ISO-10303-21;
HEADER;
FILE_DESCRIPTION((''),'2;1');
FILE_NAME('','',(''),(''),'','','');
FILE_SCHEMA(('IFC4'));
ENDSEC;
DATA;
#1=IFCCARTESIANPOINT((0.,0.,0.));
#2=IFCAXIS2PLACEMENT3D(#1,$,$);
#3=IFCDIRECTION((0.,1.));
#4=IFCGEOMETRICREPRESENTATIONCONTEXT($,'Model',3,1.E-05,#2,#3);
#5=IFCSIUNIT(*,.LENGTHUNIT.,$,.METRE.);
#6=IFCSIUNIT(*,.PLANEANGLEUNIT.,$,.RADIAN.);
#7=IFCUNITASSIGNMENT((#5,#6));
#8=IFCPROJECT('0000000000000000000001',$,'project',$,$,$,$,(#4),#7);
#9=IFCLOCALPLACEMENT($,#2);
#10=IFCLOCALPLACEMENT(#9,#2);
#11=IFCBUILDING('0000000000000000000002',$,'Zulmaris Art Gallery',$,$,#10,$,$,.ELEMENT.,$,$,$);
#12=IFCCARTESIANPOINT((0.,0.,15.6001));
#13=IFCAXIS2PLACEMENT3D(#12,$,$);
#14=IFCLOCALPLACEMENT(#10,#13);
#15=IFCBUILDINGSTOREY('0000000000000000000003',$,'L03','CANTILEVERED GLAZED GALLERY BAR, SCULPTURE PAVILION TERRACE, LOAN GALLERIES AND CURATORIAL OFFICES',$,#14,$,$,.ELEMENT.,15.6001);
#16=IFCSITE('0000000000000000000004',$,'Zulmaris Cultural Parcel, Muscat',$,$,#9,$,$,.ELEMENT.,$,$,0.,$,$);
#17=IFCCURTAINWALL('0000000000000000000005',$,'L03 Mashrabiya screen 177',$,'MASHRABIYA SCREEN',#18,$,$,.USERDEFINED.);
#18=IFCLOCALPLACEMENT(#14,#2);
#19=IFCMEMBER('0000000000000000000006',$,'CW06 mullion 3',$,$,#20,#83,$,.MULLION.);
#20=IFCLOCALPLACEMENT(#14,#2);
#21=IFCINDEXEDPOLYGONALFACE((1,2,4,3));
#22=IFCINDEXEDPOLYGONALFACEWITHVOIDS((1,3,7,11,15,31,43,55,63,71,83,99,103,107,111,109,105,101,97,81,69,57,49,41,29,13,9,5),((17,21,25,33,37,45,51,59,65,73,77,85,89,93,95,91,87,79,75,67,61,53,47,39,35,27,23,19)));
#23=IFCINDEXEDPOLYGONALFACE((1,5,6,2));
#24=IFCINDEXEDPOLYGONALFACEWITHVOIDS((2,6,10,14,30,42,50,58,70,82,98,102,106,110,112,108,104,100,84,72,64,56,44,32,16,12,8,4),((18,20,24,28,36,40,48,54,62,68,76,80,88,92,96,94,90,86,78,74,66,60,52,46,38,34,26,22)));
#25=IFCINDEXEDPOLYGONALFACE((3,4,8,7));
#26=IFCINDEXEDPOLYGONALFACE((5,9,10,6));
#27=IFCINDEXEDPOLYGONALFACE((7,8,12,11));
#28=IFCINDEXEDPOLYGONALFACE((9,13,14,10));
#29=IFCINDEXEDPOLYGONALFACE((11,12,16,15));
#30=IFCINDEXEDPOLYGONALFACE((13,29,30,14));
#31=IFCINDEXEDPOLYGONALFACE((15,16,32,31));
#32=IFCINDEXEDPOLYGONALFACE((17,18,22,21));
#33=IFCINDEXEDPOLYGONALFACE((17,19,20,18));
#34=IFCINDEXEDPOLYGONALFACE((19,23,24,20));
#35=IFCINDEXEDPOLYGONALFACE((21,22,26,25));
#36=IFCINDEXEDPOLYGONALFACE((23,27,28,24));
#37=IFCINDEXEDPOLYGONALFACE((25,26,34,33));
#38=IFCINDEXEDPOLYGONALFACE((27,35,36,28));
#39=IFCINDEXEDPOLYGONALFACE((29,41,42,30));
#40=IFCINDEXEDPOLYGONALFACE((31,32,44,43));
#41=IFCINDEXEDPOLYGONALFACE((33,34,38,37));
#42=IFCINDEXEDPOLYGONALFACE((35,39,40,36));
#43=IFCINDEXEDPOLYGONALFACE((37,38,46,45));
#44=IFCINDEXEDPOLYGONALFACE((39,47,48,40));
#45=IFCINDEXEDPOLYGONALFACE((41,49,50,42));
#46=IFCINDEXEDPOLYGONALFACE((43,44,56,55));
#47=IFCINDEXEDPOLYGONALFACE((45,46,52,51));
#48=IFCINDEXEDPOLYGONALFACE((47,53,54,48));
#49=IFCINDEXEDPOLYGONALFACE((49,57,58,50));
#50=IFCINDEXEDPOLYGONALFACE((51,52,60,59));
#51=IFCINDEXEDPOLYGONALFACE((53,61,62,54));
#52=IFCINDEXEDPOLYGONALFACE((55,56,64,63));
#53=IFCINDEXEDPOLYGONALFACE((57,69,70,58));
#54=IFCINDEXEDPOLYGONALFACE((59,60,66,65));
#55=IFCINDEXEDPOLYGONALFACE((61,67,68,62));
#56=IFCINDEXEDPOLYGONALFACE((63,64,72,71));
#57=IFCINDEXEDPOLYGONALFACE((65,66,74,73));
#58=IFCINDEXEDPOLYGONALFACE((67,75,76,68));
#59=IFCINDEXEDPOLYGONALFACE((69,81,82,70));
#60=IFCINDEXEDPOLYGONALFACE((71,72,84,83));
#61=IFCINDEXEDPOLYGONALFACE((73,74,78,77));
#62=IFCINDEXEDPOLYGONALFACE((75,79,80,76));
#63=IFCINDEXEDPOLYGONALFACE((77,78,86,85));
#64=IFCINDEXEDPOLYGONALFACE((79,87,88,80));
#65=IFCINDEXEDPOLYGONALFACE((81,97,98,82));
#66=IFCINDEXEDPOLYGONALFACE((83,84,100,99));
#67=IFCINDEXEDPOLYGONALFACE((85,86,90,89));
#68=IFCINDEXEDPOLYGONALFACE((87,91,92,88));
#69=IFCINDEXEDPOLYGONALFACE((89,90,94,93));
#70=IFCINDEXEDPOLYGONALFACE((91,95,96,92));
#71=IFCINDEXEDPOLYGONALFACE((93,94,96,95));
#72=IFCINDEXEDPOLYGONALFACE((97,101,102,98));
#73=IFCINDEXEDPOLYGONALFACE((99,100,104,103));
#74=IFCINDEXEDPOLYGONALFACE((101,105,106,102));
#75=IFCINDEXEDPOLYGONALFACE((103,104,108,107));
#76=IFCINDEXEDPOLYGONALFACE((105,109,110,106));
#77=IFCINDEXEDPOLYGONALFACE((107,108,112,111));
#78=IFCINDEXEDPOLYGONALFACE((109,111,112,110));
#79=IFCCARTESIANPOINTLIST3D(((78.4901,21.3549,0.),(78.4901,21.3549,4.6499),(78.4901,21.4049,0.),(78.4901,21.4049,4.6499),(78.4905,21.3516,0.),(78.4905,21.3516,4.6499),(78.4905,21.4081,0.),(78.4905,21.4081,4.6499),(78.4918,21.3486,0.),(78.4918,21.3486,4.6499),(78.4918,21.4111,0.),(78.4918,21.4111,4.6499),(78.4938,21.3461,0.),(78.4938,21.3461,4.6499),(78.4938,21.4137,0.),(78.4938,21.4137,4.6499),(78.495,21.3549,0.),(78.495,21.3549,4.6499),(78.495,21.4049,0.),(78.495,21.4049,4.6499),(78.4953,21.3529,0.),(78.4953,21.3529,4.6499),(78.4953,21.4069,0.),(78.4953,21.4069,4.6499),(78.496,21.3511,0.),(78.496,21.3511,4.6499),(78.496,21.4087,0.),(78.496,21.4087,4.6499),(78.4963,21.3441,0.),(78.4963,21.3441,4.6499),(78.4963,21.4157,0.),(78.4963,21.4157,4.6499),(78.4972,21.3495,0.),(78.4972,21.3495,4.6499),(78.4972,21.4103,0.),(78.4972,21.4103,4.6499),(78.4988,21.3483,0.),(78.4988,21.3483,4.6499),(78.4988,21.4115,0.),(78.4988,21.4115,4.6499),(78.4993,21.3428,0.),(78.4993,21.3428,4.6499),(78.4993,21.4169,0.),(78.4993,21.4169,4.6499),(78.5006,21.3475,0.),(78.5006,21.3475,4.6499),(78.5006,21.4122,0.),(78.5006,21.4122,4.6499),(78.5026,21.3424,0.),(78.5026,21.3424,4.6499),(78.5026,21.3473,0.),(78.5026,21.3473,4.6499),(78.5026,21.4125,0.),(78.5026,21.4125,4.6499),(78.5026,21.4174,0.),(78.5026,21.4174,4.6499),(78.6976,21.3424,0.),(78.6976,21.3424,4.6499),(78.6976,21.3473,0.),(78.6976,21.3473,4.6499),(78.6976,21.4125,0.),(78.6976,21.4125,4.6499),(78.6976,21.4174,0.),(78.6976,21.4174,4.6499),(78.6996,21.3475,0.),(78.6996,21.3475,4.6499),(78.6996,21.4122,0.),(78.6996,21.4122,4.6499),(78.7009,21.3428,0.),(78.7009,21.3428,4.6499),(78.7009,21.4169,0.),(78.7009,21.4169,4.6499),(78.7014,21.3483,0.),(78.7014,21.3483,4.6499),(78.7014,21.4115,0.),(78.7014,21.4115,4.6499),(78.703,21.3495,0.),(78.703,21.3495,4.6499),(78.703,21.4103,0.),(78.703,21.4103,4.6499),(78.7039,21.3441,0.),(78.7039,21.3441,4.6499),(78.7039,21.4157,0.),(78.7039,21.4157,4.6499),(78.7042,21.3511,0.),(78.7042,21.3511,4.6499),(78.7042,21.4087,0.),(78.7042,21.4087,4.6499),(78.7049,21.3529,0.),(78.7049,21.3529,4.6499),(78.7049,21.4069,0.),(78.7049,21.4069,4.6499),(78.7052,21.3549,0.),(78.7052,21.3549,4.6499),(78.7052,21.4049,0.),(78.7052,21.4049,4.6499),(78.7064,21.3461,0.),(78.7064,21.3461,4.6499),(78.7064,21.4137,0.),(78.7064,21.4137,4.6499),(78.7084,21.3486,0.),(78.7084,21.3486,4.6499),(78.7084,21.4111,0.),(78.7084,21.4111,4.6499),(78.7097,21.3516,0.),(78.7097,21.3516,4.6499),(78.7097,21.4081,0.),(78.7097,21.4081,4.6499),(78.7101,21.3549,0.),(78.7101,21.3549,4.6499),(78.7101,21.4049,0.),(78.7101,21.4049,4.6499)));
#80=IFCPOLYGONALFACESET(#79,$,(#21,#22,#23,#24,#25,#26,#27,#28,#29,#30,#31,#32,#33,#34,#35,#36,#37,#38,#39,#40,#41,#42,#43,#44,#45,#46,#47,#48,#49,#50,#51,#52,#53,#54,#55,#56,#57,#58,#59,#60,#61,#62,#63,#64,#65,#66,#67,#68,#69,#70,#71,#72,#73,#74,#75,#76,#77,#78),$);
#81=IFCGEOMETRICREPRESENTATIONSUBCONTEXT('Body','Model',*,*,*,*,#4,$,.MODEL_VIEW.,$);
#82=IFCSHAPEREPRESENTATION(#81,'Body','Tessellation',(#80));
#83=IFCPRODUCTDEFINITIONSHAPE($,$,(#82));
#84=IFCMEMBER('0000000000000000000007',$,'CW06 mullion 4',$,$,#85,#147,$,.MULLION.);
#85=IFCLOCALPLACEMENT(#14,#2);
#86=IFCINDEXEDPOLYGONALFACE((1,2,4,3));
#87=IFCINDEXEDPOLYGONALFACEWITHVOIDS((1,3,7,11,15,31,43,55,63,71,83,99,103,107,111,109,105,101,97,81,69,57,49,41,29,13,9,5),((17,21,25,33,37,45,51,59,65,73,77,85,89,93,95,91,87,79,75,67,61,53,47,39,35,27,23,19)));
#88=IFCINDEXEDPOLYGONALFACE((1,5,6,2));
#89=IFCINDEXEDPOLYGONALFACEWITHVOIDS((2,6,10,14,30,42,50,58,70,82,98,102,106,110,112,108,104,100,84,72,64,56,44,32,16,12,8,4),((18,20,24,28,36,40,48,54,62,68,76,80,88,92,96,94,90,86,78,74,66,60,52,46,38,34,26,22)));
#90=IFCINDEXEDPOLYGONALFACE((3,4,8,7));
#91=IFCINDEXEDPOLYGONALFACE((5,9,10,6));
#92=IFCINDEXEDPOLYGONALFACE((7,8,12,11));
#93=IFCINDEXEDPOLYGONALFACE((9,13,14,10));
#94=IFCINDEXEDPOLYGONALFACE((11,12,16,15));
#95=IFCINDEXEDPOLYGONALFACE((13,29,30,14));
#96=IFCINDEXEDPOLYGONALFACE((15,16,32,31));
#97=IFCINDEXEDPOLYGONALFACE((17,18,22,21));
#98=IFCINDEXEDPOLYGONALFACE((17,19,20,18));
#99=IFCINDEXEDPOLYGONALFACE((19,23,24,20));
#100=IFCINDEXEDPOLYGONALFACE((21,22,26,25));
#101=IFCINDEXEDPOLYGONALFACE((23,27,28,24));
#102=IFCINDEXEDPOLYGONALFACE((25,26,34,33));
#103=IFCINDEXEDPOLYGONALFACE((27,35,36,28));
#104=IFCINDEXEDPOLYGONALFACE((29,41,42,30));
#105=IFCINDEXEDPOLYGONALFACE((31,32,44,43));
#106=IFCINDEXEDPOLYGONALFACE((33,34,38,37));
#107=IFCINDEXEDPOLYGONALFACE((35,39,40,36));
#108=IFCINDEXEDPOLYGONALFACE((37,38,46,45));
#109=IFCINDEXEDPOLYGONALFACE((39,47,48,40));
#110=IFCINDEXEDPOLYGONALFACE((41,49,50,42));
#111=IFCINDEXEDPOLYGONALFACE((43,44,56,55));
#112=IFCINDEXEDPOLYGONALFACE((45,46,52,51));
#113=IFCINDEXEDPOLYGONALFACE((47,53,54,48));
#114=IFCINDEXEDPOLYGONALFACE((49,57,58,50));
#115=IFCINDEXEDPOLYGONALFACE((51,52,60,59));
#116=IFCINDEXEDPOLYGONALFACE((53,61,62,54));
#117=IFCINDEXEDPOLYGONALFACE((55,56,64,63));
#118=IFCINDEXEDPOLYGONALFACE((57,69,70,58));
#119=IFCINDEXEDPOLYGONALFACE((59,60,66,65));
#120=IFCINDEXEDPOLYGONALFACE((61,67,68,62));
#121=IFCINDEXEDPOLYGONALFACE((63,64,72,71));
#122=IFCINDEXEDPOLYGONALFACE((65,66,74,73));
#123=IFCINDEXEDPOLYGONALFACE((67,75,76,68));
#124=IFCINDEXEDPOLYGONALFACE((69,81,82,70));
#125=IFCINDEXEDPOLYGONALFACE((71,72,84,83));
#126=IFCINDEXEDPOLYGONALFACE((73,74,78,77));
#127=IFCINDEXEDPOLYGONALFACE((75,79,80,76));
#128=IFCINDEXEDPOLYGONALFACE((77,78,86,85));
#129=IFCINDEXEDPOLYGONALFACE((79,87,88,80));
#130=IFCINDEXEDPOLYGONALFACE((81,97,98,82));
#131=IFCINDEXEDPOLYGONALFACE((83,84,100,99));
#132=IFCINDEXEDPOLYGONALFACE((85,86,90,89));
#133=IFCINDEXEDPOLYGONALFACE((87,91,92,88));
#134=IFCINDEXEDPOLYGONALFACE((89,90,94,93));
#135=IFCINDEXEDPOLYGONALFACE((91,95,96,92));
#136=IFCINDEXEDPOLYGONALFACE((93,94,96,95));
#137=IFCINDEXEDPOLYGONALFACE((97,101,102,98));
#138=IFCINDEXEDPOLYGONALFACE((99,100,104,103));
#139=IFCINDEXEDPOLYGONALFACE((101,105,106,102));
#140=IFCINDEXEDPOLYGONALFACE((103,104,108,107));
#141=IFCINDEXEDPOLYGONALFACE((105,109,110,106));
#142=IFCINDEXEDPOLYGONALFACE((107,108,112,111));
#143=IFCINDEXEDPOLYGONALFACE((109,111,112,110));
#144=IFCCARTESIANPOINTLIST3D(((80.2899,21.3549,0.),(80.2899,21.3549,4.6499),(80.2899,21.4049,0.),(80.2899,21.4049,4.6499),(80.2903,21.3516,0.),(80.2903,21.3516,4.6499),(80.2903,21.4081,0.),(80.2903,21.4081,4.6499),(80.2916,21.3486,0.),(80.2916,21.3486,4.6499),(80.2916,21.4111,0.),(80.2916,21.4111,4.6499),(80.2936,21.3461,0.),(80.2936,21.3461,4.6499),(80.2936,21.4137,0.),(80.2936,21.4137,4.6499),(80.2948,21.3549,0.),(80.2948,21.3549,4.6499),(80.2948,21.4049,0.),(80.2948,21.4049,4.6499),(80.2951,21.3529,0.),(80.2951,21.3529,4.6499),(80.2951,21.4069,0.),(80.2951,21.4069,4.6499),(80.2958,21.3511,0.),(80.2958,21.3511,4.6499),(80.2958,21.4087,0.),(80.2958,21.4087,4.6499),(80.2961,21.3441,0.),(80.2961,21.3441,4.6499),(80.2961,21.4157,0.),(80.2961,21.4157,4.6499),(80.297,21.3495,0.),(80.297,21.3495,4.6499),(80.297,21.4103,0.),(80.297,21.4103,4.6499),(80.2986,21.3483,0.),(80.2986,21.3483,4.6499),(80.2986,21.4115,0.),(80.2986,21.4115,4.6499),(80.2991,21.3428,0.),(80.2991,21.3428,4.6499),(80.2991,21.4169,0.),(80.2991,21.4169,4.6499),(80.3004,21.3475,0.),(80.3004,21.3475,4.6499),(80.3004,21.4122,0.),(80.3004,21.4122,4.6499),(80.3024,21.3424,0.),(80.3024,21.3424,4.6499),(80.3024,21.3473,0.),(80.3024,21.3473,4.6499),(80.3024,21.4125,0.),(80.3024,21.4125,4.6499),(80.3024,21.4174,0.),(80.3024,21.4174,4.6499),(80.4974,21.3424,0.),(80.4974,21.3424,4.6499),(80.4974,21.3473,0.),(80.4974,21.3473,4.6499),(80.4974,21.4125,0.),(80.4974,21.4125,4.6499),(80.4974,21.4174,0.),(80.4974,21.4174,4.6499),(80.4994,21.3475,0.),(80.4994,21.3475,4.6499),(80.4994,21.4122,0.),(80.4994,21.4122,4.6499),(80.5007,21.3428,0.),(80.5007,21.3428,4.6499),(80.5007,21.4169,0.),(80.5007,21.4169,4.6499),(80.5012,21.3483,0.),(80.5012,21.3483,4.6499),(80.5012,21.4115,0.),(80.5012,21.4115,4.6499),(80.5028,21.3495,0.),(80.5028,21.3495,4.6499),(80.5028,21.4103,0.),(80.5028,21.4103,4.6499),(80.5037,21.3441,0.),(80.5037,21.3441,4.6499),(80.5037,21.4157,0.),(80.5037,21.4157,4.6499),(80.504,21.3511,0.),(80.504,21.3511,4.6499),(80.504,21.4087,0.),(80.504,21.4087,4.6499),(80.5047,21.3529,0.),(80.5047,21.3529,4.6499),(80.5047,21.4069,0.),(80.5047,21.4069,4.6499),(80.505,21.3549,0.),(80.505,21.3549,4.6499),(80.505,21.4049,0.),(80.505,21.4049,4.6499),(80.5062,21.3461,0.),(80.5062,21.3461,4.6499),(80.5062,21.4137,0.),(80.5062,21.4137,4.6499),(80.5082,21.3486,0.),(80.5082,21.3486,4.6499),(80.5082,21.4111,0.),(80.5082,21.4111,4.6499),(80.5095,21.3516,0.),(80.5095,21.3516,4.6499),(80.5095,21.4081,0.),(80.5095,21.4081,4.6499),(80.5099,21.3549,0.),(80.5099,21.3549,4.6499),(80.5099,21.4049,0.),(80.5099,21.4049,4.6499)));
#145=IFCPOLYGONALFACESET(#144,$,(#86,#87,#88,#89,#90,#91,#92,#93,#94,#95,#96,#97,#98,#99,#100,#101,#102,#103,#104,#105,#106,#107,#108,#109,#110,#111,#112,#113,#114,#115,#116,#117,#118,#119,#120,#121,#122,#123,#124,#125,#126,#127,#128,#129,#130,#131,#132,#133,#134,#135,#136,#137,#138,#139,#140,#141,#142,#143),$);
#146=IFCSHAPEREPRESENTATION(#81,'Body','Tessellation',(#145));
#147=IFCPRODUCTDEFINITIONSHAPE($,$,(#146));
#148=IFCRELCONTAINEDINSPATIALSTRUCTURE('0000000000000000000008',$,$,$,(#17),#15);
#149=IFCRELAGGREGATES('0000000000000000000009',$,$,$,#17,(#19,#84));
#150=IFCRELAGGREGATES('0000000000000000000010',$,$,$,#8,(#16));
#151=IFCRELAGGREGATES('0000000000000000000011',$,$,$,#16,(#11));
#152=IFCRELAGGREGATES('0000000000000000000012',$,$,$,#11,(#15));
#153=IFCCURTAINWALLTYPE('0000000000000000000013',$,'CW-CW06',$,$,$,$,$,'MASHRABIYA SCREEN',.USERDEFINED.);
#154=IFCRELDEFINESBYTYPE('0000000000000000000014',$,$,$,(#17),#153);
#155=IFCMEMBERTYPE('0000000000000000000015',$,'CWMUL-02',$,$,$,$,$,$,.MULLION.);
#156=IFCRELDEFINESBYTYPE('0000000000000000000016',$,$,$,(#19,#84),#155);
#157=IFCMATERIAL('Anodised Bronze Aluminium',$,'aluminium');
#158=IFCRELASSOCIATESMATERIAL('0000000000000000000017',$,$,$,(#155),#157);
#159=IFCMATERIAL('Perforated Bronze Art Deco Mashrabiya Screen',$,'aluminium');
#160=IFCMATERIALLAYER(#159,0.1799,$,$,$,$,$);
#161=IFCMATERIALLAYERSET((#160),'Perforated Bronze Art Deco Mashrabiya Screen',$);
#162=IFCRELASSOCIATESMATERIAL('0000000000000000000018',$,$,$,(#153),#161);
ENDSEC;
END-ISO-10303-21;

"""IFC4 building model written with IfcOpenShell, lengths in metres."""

from ifc_helpers import new_model, si_unit, direction, frame, origin, origin_2d, place, context, subcontext, project, spatial, hollow_rectangle, extrude, material, layer, layer_set, material_profile, profile_set, type_object, element, aggregate, save


model = new_model("IFC4")

# Units and contexts
model_context = context("Model", 3, precision=1e-05, world=origin(), true_north=direction((0.0, 1.0)))
body_context = subcontext(model_context, "Body", "Model", "MODEL_VIEW")
ifc_project = project(units=[si_unit("LENGTHUNIT", "METRE"), si_unit("PLANEANGLEUNIT", "RADIAN")], contexts=[model_context])

# Site, building, storey
site_placement = place(None, origin())
site = spatial("IfcSite", under=ifc_project, at=site_placement, Name="Zulmaris Cultural Parcel, Muscat", CompositionType="ELEMENT", RefElevation=0.0)
building_placement = place(site_placement, origin())
building = spatial("IfcBuilding", under=site, at=building_placement, Name="Zulmaris Art Gallery", CompositionType="ELEMENT")
storey_placement = place(building_placement, frame((0.0, 0.0, 15.6001)))
storey = spatial("IfcBuildingStorey", under=building, at=storey_placement, Name="L03", Description="CANTILEVERED GLAZED GALLERY BAR, SCULPTURE PAVILION TERRACE, LOAN GALLERIES AND CURATORIAL OFFICES", CompositionType="ELEMENT", Elevation=15.6001)

# Curtain wall, members
ifc_material_1 = material(Name="Anodised Bronze Aluminium", Category="aluminium")
ifc_material_profile_1 = material_profile(ifc_material_1, hollow_rectangle(XDim=0.075, YDim=0.22, WallThickness=0.0049, InnerFilletRadius=0.0076, OuterFilletRadius=0.0125, at=origin_2d()), Name="ALU 75x220x5")
ifc_profile_set_1 = profile_set([ifc_material_profile_1], Name="Anodised Bronze Aluminium")
member_type_1 = type_object("IfcMemberType", Name="CWMUL-02", PredefinedType="MULLION", material=ifc_profile_set_1)
ifc_material_2 = material(Name="Perforated Bronze Art Deco Mashrabiya Screen", Category="aluminium")
ifc_layer_1 = layer(ifc_material_2, 0.1799)
ifc_layer_set_1 = layer_set([ifc_layer_1], Name="Perforated Bronze Art Deco Mashrabiya Screen")
curtain_wall_type_1 = type_object("IfcCurtainWallType", Name="CW-CW06", ElementType="MASHRABIYA SCREEN", PredefinedType="USERDEFINED", material=ifc_layer_set_1)
curtain_wall_1_placement = place(storey_placement, origin())
curtain_wall_1 = element("IfcCurtainWall", 1, at=curtain_wall_1_placement, inside=storey, type_object=curtain_wall_type_1, Name="L03 Mashrabiya screen 177", ObjectType="MASHRABIYA SCREEN", PredefinedType="USERDEFINED")
member_1_placement = place(storey_placement, frame((78.6001, 21.3799, 0.0), z_axis=(0.0, 0.0, 1.0), x_axis=(0.0, 1.0, 0.0)))
member_1 = element("IfcMember", 2, at=member_1_placement, type_object=member_type_1, Name="CW06 mullion 3", PredefinedType="MULLION", context=body_context, shape_type="SweptSolid", body=[
    extrude(hollow_rectangle(XDim=0.075, YDim=0.22, WallThickness=0.0049, InnerFilletRadius=0.0076, OuterFilletRadius=0.0125, at=origin_2d()), origin(), (0.0, 0.0, 1.0), 4.6499),
])
member_2_placement = place(storey_placement, frame((80.3999, 21.3799, 0.0), z_axis=(0.0, 0.0, 1.0), x_axis=(0.0, 1.0, 0.0)))
member_2 = element("IfcMember", 3, at=member_2_placement, type_object=member_type_1, Name="CW06 mullion 4", PredefinedType="MULLION", context=body_context, shape_type="SweptSolid", body=[
    extrude(hollow_rectangle(XDim=0.075, YDim=0.22, WallThickness=0.0049, InnerFilletRadius=0.0076, OuterFilletRadius=0.0125, at=origin_2d()), origin(), (0.0, 0.0, 1.0), 4.6499),
])

aggregate(curtain_wall_1, [member_1, member_2])

save(model, "model.ifc")
